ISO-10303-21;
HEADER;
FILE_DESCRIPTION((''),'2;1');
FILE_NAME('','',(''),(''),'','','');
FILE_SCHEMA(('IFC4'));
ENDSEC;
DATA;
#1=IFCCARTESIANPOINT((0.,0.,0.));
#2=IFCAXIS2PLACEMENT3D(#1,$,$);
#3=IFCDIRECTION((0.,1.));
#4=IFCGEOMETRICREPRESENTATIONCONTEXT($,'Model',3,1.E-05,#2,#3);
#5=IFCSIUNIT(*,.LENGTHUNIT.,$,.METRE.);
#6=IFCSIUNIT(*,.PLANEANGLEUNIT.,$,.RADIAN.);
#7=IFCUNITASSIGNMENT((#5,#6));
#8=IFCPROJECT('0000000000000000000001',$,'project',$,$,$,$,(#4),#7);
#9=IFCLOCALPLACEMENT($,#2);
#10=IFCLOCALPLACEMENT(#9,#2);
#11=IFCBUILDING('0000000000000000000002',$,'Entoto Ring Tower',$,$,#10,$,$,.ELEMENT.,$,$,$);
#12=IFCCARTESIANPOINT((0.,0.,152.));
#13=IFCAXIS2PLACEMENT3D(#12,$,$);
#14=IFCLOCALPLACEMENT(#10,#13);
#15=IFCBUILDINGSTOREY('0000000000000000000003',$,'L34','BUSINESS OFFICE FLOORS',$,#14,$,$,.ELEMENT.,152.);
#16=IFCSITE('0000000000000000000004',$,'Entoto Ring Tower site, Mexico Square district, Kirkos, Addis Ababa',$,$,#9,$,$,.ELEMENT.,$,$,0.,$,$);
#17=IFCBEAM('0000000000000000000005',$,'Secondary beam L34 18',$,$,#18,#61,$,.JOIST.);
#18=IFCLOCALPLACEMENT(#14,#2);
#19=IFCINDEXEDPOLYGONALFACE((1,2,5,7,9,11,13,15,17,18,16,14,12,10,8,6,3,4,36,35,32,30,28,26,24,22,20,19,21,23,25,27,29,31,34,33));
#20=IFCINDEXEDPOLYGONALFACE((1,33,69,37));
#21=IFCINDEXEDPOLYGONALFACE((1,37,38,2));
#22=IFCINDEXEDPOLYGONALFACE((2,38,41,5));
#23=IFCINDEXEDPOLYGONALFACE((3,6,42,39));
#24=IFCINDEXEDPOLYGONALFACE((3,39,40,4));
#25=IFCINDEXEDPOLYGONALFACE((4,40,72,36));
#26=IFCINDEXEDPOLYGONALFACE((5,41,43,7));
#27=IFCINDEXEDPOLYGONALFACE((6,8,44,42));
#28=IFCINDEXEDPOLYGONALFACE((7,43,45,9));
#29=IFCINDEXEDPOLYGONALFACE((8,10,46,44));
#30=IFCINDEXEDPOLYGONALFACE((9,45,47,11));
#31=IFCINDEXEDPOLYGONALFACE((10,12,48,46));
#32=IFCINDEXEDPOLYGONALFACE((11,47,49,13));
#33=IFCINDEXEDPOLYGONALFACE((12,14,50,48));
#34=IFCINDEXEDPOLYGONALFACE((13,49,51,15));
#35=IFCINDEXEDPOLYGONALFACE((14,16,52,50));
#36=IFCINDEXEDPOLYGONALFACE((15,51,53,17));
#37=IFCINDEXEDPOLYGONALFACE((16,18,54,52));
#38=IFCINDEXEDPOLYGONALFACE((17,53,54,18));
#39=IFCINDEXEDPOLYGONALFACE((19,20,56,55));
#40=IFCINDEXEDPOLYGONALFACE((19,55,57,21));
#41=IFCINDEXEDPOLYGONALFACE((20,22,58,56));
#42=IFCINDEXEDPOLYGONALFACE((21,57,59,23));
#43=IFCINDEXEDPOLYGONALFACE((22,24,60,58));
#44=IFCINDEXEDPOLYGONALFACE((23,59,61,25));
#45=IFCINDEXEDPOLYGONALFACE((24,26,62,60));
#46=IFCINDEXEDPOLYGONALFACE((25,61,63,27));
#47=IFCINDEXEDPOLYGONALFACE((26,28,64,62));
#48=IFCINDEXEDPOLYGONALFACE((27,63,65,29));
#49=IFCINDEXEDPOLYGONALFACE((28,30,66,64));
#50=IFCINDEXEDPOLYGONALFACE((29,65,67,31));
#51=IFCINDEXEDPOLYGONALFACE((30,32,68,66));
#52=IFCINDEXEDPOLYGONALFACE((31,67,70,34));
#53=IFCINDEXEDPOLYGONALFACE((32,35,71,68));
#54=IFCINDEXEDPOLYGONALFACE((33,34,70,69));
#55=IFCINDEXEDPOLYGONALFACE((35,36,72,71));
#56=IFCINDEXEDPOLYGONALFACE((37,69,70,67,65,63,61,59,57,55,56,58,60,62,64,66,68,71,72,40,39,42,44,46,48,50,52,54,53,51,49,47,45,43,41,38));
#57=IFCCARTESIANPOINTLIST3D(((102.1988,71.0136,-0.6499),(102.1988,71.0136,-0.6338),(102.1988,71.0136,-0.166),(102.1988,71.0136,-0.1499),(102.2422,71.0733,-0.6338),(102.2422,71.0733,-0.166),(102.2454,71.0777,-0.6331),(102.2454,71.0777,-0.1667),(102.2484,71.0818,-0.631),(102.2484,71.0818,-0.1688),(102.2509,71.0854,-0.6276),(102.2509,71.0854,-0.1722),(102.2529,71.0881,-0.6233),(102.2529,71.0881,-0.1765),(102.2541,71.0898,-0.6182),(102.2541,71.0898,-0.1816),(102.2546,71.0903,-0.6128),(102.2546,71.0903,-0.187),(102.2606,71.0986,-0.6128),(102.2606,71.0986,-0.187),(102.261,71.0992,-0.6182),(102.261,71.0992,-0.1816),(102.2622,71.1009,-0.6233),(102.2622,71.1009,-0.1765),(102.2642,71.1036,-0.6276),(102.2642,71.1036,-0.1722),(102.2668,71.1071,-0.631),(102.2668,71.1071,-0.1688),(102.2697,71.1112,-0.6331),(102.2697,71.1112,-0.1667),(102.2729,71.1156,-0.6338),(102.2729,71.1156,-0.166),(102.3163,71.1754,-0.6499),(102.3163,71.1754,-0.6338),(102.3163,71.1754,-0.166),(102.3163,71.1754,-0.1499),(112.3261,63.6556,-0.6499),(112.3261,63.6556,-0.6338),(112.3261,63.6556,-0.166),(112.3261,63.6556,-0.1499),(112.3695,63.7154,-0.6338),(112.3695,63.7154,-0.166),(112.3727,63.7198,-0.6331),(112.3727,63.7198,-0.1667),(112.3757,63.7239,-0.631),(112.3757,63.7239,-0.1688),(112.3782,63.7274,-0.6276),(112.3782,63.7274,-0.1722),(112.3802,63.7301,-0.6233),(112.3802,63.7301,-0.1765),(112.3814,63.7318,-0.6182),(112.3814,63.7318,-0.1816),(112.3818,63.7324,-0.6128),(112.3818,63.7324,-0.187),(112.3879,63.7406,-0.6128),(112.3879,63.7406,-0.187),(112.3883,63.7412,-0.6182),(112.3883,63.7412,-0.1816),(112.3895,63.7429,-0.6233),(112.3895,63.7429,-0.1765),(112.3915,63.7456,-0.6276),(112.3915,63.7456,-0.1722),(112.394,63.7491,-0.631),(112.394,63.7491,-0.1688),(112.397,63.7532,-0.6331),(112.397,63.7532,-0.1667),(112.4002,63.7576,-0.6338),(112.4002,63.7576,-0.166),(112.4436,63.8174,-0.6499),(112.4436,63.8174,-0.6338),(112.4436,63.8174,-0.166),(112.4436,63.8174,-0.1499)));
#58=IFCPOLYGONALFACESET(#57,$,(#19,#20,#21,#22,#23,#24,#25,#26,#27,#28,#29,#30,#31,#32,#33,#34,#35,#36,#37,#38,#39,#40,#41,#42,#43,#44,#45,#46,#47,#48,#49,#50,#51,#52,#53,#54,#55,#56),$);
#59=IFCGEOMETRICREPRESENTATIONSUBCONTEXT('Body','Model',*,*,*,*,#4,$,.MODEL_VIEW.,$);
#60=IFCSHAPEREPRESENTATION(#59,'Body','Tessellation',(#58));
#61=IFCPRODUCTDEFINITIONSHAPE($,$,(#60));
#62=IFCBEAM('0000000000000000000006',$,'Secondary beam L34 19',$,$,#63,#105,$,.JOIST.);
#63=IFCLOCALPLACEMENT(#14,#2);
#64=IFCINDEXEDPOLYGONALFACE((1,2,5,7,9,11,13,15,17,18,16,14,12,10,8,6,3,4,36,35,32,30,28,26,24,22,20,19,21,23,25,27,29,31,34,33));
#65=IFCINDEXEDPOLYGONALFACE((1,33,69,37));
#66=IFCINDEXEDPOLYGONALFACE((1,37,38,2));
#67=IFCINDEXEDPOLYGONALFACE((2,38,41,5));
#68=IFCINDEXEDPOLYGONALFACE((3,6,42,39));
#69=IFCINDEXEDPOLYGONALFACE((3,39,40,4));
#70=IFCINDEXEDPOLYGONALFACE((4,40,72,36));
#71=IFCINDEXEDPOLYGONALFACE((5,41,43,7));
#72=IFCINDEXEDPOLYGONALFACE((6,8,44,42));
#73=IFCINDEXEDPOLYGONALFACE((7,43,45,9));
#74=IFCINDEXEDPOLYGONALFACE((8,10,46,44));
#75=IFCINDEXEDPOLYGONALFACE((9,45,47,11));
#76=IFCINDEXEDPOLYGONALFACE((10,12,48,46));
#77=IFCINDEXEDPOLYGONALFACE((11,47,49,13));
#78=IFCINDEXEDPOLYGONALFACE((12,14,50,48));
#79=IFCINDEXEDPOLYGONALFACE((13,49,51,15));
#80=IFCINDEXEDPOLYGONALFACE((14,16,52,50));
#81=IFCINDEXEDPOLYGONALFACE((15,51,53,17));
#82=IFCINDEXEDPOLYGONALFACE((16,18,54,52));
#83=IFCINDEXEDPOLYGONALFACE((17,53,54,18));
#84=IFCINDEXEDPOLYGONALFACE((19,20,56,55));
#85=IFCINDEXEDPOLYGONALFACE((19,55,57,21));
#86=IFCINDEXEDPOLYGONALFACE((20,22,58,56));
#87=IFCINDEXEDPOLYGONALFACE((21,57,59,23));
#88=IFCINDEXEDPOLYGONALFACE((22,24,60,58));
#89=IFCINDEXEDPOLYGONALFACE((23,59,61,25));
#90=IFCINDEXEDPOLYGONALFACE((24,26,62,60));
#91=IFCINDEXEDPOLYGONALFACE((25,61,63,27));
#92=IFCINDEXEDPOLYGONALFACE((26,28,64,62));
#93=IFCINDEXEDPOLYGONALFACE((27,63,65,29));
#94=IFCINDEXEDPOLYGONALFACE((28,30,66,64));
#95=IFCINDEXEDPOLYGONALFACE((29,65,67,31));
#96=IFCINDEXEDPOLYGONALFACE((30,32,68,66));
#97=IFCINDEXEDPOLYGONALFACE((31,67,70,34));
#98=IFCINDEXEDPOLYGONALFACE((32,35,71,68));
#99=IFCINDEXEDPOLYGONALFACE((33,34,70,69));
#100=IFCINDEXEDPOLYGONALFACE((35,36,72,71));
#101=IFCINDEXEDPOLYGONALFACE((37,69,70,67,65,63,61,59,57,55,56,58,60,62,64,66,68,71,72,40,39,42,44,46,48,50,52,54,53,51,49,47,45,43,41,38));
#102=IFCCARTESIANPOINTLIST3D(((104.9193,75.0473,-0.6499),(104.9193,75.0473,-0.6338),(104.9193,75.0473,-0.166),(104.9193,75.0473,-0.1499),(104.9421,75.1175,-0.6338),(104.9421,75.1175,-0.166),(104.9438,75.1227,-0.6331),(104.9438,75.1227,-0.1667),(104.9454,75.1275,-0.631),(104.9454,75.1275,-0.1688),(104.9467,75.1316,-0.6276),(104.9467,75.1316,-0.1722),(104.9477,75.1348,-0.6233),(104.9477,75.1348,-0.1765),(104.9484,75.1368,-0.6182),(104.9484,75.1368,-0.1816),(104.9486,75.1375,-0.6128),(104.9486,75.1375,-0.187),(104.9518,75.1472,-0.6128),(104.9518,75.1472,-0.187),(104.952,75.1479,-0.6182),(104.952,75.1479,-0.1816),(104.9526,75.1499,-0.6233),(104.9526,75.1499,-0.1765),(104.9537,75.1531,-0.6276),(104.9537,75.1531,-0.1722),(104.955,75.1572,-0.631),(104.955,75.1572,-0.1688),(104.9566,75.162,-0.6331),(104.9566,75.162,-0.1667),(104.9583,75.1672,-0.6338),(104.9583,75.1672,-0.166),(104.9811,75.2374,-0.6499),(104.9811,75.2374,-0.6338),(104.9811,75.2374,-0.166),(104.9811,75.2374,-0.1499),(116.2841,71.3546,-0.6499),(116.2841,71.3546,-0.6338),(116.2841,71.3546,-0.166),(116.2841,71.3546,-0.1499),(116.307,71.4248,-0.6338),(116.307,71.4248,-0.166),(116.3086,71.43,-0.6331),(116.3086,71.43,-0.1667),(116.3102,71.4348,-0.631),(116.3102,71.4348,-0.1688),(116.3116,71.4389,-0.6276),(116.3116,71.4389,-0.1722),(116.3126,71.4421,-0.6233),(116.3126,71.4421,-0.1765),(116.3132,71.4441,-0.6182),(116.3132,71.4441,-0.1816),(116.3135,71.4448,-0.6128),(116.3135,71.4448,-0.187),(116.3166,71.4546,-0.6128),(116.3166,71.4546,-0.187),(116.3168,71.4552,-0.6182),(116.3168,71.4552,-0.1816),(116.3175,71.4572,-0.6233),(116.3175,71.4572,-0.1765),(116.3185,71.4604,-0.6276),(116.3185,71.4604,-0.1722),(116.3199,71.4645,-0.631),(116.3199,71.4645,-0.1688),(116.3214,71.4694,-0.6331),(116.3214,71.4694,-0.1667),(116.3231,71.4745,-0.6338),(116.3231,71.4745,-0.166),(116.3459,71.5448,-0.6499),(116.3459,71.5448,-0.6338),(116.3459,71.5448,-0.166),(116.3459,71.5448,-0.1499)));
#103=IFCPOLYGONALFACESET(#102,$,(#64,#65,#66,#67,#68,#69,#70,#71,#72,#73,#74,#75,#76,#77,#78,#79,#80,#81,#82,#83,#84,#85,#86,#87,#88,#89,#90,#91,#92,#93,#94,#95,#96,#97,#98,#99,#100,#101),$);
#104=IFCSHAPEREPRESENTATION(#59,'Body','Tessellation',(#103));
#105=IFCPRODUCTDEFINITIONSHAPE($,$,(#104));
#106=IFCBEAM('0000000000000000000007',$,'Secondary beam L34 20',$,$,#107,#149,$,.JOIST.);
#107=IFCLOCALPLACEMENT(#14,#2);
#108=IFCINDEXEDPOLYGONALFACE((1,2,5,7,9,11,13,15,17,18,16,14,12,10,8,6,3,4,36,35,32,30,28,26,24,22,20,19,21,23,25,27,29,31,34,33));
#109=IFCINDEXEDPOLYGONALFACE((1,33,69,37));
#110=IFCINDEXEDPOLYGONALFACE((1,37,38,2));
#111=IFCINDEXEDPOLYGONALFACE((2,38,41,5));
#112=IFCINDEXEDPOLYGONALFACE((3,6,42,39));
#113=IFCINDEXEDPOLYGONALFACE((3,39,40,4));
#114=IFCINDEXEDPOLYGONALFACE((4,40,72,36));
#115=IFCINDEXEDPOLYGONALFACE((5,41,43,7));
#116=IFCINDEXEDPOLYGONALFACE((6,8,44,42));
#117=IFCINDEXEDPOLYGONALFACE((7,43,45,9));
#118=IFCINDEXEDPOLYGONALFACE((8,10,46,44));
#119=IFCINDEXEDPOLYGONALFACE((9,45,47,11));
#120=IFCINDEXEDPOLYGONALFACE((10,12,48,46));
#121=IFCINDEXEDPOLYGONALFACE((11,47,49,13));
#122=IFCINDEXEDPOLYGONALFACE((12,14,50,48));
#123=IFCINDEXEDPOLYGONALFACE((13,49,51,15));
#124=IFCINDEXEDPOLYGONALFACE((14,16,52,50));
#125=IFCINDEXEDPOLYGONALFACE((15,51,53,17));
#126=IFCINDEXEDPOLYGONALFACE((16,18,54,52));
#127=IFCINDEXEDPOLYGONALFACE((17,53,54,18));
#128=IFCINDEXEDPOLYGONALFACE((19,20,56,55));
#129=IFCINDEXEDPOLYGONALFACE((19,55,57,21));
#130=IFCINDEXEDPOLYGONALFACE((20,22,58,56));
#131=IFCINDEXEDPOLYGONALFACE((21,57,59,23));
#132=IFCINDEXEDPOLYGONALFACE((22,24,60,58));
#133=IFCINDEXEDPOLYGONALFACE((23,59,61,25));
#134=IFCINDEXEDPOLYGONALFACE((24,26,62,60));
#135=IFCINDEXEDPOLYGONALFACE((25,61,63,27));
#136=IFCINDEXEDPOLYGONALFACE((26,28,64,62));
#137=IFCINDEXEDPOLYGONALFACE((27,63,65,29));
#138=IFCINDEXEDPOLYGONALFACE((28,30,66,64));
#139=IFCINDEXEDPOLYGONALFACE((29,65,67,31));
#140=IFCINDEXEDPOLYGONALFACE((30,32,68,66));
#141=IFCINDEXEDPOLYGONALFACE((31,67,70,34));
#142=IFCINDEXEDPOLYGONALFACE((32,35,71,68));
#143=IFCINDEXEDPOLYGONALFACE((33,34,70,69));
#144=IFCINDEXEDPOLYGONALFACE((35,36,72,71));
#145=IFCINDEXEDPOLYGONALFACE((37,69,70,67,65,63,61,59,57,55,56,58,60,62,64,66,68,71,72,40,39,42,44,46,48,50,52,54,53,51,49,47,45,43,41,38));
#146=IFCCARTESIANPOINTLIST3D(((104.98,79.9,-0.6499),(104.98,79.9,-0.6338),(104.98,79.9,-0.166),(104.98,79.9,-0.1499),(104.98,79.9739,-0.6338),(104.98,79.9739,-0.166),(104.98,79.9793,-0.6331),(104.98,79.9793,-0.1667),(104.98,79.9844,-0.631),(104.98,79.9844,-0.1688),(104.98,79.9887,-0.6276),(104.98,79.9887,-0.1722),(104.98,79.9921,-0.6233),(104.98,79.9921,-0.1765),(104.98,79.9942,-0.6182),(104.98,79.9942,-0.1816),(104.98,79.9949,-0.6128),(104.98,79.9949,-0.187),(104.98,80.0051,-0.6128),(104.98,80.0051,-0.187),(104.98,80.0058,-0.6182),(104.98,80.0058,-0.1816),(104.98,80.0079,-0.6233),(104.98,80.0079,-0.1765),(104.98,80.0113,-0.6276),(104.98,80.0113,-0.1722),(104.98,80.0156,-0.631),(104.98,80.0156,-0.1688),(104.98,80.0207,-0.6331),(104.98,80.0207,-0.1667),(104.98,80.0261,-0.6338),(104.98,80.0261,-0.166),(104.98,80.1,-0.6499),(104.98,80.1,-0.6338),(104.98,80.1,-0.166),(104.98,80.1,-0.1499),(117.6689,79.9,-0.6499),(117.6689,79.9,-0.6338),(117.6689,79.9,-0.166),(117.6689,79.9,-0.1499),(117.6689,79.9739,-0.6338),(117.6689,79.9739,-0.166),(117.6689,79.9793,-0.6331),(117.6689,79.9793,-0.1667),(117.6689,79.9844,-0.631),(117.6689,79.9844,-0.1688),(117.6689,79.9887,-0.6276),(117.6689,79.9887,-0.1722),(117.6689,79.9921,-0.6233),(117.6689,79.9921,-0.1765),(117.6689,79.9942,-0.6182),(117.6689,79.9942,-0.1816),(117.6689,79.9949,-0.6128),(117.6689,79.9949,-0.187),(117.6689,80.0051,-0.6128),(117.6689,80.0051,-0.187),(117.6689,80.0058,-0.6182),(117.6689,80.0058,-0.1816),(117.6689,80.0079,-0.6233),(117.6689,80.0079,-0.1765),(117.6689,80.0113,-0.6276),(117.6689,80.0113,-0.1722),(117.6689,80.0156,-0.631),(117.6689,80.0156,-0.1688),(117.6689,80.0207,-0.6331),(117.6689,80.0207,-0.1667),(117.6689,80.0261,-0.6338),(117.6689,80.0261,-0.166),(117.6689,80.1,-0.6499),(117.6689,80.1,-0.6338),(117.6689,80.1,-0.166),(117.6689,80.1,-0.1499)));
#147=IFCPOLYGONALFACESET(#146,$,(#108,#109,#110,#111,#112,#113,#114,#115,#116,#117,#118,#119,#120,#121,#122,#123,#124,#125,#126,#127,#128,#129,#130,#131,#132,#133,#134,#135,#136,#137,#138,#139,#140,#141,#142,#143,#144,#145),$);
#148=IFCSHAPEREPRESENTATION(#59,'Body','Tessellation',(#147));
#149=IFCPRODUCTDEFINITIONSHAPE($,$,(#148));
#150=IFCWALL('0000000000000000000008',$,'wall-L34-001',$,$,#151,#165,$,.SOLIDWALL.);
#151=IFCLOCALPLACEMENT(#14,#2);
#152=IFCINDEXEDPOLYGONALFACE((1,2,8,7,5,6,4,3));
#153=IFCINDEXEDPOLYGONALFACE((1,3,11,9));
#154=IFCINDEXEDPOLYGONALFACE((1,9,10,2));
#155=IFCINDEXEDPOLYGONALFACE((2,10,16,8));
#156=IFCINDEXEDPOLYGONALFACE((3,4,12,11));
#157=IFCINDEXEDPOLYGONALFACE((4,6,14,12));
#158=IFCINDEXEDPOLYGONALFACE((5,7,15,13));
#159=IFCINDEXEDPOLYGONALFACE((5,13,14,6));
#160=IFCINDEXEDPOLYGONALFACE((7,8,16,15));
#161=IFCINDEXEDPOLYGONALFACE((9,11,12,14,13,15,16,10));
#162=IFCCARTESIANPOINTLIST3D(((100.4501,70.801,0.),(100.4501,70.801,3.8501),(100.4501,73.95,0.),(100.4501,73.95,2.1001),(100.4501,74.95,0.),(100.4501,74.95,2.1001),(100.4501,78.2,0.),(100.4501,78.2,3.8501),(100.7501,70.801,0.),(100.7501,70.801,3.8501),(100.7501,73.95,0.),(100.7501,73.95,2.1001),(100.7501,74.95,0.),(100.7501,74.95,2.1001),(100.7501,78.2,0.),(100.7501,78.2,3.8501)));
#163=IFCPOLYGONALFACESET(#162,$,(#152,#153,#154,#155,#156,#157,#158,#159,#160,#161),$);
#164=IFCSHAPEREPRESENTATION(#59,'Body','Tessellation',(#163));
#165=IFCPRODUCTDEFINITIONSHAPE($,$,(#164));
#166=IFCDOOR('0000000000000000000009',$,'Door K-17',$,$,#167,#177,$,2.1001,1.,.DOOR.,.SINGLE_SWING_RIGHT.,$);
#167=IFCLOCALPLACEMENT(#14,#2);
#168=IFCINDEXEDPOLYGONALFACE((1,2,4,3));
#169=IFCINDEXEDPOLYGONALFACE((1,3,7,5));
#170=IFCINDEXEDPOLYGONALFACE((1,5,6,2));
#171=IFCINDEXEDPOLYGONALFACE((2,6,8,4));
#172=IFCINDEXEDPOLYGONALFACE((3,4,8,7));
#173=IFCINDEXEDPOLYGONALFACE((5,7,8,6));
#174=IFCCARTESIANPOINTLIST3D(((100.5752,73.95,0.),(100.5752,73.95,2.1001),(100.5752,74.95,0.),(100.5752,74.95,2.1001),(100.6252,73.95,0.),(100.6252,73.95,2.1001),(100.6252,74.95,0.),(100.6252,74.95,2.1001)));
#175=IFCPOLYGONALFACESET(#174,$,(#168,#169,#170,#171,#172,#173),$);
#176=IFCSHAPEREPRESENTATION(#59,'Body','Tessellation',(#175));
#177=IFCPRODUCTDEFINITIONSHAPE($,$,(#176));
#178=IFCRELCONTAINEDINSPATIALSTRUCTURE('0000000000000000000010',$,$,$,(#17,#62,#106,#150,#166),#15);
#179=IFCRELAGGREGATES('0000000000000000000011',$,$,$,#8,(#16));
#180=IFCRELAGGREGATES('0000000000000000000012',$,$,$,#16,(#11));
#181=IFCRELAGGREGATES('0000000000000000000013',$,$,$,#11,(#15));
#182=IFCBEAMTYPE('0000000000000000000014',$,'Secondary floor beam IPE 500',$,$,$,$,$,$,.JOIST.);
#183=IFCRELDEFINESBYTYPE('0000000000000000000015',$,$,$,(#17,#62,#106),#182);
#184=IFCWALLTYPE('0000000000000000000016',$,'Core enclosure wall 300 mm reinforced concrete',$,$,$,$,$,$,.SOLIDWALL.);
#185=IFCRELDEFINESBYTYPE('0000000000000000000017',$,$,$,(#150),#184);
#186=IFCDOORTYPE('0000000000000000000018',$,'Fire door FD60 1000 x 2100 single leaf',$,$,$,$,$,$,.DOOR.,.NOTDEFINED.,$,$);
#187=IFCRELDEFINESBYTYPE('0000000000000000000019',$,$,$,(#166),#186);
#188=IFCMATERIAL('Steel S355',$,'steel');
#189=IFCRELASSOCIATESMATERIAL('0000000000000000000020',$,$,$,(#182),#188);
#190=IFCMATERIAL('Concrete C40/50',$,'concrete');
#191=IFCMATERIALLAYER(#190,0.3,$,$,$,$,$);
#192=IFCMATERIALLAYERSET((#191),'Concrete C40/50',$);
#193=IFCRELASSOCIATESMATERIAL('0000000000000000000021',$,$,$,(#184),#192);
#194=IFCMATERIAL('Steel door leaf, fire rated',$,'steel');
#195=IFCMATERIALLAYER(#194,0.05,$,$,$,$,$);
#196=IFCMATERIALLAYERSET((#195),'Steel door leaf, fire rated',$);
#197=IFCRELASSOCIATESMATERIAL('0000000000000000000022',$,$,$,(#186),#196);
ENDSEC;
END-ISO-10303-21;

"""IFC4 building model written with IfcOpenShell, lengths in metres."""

from ifc_helpers import new_model, si_unit, direction, frame, frame_2d, origin, origin_2d, place, context, subcontext, project, spatial, rectangle, i_section, extrude, material, layer, layer_set, material_profile, profile_set, type_object, element, fill, save


model = new_model("IFC4")

# Units and contexts
model_context = context("Model", 3, precision=1e-05, world=origin(), true_north=direction((0.0, 1.0)))
body_context = subcontext(model_context, "Body", "Model", "MODEL_VIEW")
ifc_project = project(units=[si_unit("LENGTHUNIT", "METRE"), si_unit("PLANEANGLEUNIT", "RADIAN")], contexts=[model_context])

# Site, building, storey
site_placement = place(None, origin())
site = spatial("IfcSite", under=ifc_project, at=site_placement, Name="Entoto Ring Tower site, Mexico Square district, Kirkos, Addis Ababa", CompositionType="ELEMENT", RefElevation=0.0)
building_placement = place(site_placement, origin())
building = spatial("IfcBuilding", under=site, at=building_placement, Name="Entoto Ring Tower", CompositionType="ELEMENT")
storey_placement = place(building_placement, frame((0.0, 0.0, 152.0)))
storey = spatial("IfcBuildingStorey", under=building, at=storey_placement, Name="L34", Description="BUSINESS OFFICE FLOORS", CompositionType="ELEMENT", Elevation=152.0)

# Beams
ifc_material_1 = material(Name="Steel S355", Category="steel")
ifc_material_profile_1 = material_profile(ifc_material_1, i_section(OverallWidth=0.2, OverallDepth=0.5, WebThickness=0.0103, FlangeThickness=0.0161, FilletRadius=0.021, at=origin_2d()), Name="IPE 500")
ifc_profile_set_1 = profile_set([ifc_material_profile_1], Name="Steel S355")
beam_type_1 = type_object("IfcBeamType", Name="Secondary floor beam IPE 500", PredefinedType="JOIST", material=ifc_profile_set_1)
for number, where, z_axis, x_axis, name in (
    (1, (102.2576, 71.0945, -0.3999), (0.809014, -0.587789, 0.0), (0.587789, 0.809014, 0.0), "Secondary beam L34 18"),
):
    element("IfcBeam", number, at=place(storey_placement, frame(where, z_axis=z_axis, x_axis=x_axis)), inside=storey, type_object=beam_type_1, Name=name, PredefinedType="JOIST", context=body_context, shape_type="SweptSolid", body=[
        extrude(i_section(OverallWidth=0.2, OverallDepth=0.5, WebThickness=0.0103, FlangeThickness=0.0161, FilletRadius=0.021, at=origin_2d()), origin(), (0.0, 0.0, 1.0), 12.5181),
    ])
beam_1_placement = place(storey_placement, frame((104.9502, 75.1423, -0.3999), z_axis=(0.951057, -0.309017, 0.0), x_axis=(0.309017, 0.951057, 0.0)))
element("IfcBeam", 2, at=beam_1_placement, inside=storey, type_object=beam_type_1, Name="Secondary beam L34 19", PredefinedType="JOIST", context=body_context, shape_type="SweptSolid", body=[
    extrude(i_section(OverallWidth=0.2, OverallDepth=0.5, WebThickness=0.0103, FlangeThickness=0.0161, FilletRadius=0.021, at=origin_2d()), origin(), (0.0, 0.0, 1.0), 11.9497),
])
beam_2_placement = place(storey_placement, frame((104.98, 80.0, -0.3999), z_axis=(1.0, 0.0, 0.0), x_axis=(0.0, 1.0, 0.0)))
element("IfcBeam", 3, at=beam_2_placement, inside=storey, type_object=beam_type_1, Name="Secondary beam L34 20", PredefinedType="JOIST", context=body_context, shape_type="SweptSolid", body=[
    extrude(i_section(OverallWidth=0.2, OverallDepth=0.5, WebThickness=0.0103, FlangeThickness=0.0161, FilletRadius=0.021, at=origin_2d()), origin(), (0.0, 0.0, 1.0), 12.689),
])

# Wall, opening, door
ifc_material_2 = material(Name="Concrete C40/50", Category="concrete")
ifc_layer_1 = layer(ifc_material_2, 0.3)
ifc_layer_set_1 = layer_set([ifc_layer_1], Name="Concrete C40/50")
wall_type_1 = type_object("IfcWallType", Name="Core enclosure wall 300 mm reinforced concrete", PredefinedType="SOLIDWALL", material=ifc_layer_set_1)
wall_1_placement = place(storey_placement, frame((100.6001, 70.801, 0.0), z_axis=(0.0, 0.0, 1.0), x_axis=(0.0, 1.0, 0.0)))
wall_1 = element("IfcWall", 4, at=wall_1_placement, inside=storey, type_object=wall_type_1, Name="wall-L34-001", PredefinedType="SOLIDWALL", context=body_context, shape_type="SweptSolid", body=[
    extrude(rectangle(XDim=7.3989, YDim=0.3, at=frame_2d((3.6995, 0.0))), origin(), (0.0, 0.0, 1.0), 3.8501),
])
opening_1_placement = place(wall_1_placement, frame((3.1489, 0.0, 0.0)))
opening_1 = element("IfcOpeningElement", 5, at=opening_1_placement, cuts=wall_1, PredefinedType="OPENING", context=body_context, shape_type="SweptSolid", body=[
    extrude(rectangle(XDim=1.0, YDim=2.1001, at=frame_2d((0.5, 1.05))), frame((0.0, 0.1602, 0.0), z_axis=(0.0, -1.0, 0.0), x_axis=(1.0, 0.0, 0.0)), (0.0, 0.0, 1.0), 0.3201),
])
ifc_material_3 = material(Name="Steel door leaf, fire rated", Category="steel")
ifc_layer_2 = layer(ifc_material_3, 0.05)
ifc_layer_set_2 = layer_set([ifc_layer_2], Name="Steel door leaf, fire rated")
door_type_1 = type_object("IfcDoorType", Name="Fire door FD60 1000 x 2100 single leaf", OperationType="NOTDEFINED", PredefinedType="DOOR", material=ifc_layer_set_2)
door_1_placement = place(opening_1_placement, origin())
door_1 = element("IfcDoor", 6, at=door_1_placement, inside=storey, type_object=door_type_1, Name="Door K-17", OperationType="SINGLE_SWING_RIGHT", OverallHeight=2.1001, OverallWidth=1.0, PredefinedType="DOOR", context=body_context, shape_type="SweptSolid", body=[
    extrude(rectangle(XDim=1.0, YDim=2.1001, at=frame_2d((0.5, 1.05))), frame((0.0, 0.0249, 0.0), z_axis=(0.0, -1.0, 0.0), x_axis=(1.0, 0.0, 0.0)), (0.0, 0.0, 1.0), 0.05),
])
fill(opening_1, door_1)

save(model, "model.ifc")
